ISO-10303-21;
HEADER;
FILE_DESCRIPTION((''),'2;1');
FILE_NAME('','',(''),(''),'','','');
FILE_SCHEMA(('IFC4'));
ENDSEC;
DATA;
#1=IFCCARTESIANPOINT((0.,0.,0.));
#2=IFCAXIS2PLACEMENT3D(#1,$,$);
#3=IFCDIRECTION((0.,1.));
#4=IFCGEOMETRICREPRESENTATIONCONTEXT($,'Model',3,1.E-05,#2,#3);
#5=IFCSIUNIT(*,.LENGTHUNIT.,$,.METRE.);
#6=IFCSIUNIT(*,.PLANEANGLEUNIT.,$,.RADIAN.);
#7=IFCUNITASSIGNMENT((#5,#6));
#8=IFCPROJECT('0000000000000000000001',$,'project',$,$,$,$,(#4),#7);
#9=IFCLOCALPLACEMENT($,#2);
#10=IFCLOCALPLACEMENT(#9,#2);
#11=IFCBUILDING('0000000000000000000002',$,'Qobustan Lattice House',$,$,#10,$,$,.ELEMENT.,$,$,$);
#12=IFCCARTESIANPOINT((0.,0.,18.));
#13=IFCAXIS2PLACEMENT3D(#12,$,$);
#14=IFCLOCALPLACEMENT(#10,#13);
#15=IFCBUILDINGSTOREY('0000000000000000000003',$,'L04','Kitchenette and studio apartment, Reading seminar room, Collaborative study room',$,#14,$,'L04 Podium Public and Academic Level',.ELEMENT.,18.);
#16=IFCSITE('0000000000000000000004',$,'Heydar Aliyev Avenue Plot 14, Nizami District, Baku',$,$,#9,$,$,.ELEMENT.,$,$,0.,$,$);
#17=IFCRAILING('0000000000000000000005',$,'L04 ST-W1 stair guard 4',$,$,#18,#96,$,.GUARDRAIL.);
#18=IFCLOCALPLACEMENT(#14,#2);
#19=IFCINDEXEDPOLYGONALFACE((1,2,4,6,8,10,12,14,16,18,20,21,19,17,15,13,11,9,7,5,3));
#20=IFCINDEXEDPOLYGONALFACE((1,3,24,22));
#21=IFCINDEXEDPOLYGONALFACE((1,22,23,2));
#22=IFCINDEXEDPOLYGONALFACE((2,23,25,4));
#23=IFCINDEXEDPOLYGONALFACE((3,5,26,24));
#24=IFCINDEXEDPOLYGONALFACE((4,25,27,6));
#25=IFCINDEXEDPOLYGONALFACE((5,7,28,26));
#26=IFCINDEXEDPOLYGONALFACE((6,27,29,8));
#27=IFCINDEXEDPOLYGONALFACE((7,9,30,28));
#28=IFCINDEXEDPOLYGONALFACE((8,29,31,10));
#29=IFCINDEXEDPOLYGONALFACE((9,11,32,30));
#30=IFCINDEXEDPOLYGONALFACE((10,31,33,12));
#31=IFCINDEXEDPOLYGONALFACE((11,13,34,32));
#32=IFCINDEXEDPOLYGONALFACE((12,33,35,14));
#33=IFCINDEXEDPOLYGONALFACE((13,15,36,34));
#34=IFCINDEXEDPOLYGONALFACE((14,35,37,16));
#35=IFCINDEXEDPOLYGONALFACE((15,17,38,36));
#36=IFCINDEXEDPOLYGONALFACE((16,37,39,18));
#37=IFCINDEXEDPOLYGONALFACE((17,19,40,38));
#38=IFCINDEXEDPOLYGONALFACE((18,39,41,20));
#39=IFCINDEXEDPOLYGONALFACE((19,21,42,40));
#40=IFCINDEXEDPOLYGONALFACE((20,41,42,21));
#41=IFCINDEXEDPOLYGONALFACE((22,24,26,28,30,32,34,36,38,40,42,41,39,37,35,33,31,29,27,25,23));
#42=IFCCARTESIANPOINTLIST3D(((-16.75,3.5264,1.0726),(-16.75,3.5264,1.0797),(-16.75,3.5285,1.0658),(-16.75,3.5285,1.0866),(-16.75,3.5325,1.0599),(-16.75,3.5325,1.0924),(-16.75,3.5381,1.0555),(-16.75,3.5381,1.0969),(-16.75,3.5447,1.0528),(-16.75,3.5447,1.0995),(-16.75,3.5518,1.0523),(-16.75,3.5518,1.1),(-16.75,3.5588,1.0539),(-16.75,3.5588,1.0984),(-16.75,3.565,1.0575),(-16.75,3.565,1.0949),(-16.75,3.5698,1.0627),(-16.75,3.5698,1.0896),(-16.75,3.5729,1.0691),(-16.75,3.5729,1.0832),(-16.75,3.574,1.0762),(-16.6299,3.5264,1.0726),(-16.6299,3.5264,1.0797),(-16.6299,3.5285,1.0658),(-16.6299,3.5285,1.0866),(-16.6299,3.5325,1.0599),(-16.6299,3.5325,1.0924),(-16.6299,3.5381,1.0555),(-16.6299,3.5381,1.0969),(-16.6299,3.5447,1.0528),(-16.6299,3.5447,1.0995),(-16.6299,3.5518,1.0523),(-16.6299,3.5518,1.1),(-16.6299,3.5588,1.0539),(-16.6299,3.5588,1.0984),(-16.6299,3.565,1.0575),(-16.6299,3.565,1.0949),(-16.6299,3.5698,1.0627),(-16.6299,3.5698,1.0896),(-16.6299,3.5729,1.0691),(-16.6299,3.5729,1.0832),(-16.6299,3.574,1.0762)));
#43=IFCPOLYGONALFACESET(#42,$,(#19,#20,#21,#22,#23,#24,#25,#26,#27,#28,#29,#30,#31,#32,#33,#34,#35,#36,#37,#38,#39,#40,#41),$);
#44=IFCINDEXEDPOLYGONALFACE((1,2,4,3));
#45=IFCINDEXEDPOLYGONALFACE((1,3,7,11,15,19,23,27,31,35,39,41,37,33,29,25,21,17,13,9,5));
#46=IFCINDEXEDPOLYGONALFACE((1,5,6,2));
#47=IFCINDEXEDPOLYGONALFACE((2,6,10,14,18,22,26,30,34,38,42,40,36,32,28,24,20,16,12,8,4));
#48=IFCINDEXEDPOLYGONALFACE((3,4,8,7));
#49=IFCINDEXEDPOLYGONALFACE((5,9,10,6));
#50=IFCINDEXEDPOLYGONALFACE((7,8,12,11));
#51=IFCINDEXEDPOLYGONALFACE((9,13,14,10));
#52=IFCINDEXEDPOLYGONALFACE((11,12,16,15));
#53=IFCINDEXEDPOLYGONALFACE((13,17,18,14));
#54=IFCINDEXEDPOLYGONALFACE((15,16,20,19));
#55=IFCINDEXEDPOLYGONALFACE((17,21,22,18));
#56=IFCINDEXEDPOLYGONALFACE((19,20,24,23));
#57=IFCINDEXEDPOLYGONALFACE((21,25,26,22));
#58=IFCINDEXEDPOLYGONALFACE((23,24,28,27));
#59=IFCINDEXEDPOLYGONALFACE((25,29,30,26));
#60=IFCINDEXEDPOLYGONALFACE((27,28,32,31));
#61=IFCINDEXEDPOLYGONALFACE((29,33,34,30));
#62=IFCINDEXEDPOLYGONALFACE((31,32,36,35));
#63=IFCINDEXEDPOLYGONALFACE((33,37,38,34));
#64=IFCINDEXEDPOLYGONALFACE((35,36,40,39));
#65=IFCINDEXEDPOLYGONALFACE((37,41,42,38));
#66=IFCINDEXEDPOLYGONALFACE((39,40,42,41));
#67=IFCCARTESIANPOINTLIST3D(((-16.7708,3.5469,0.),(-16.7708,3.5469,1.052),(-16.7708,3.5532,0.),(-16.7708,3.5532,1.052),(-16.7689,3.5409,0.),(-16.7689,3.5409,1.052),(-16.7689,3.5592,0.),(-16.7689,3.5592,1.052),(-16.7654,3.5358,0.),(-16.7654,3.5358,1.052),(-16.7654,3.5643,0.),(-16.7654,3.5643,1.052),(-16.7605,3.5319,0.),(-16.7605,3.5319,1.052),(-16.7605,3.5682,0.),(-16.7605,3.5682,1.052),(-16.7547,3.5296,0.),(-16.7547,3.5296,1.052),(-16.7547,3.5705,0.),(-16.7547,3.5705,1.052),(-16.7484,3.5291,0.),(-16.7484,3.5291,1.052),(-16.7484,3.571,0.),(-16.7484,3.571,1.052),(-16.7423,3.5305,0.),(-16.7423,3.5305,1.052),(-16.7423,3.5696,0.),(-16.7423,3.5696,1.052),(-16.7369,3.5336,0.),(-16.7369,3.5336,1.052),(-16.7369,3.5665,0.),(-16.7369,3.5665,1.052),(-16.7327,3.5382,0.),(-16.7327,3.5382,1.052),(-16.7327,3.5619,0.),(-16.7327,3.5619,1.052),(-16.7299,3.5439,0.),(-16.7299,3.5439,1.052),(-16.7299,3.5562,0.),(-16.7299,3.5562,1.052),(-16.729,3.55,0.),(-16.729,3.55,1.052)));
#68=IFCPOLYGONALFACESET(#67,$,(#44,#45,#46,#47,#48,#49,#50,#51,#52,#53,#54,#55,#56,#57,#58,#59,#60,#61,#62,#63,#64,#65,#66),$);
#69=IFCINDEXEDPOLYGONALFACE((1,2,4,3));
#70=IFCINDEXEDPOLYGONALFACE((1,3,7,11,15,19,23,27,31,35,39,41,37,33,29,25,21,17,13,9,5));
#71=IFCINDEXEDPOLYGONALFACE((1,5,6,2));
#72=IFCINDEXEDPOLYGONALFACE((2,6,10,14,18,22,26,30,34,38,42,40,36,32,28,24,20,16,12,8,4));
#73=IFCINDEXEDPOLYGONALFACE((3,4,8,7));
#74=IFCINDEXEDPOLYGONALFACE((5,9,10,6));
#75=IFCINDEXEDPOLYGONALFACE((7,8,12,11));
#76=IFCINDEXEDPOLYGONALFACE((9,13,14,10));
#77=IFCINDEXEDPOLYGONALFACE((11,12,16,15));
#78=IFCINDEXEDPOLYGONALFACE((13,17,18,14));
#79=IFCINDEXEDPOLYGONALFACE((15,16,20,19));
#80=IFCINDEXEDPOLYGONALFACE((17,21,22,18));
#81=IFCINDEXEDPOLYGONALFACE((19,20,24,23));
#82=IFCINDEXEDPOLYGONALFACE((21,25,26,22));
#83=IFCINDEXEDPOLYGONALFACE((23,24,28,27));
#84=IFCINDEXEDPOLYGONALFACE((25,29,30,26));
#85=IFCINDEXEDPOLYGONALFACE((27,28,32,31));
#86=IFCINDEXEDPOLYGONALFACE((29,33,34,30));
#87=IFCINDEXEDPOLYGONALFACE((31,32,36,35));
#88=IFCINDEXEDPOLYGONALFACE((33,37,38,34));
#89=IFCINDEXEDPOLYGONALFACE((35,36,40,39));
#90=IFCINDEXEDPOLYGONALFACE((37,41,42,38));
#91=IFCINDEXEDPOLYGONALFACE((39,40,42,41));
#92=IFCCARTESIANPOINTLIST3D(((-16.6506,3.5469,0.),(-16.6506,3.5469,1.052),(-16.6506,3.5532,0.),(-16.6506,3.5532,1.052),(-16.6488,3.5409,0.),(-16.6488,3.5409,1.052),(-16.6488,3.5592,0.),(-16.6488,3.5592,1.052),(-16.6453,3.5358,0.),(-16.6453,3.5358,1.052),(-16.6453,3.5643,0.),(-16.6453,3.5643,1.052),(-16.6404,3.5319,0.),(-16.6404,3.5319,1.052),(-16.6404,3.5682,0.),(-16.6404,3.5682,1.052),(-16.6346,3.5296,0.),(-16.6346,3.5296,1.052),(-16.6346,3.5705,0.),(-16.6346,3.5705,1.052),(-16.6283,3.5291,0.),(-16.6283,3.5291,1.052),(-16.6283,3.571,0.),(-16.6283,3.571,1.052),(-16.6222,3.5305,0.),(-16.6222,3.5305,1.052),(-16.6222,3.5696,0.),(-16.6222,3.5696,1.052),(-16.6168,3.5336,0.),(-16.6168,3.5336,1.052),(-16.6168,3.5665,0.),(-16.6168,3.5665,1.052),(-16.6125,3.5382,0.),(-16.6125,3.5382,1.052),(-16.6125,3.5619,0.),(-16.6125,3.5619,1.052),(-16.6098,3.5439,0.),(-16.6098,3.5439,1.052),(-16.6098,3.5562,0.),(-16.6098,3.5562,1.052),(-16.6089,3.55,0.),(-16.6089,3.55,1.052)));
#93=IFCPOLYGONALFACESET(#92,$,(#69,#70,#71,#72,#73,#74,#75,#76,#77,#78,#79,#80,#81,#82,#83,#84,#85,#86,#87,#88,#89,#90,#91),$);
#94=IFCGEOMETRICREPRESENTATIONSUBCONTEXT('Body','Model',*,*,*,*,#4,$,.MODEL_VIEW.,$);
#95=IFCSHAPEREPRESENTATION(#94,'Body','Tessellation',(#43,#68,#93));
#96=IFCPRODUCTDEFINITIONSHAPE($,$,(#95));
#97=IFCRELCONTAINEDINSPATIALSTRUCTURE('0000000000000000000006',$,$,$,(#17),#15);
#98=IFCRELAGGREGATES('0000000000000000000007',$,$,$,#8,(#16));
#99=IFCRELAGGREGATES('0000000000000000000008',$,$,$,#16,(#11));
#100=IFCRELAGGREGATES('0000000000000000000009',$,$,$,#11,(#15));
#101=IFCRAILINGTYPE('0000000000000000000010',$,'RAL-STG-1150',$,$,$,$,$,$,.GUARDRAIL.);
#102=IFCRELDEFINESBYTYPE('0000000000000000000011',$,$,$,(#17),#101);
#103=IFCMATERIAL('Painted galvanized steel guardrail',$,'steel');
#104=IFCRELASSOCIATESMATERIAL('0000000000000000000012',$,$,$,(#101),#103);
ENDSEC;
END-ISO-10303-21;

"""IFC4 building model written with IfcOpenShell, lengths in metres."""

from ifc_helpers import new_model, si_unit, direction, frame, origin, origin_2d, place, context, subcontext, project, spatial, circle, extrude, material, type_object, element, save


model = new_model("IFC4")

# Units and contexts
model_context = context("Model", 3, precision=1e-05, world=origin(), true_north=direction((0.0, 1.0)))
body_context = subcontext(model_context, "Body", "Model", "MODEL_VIEW")
ifc_project = project(units=[si_unit("LENGTHUNIT", "METRE"), si_unit("PLANEANGLEUNIT", "RADIAN")], contexts=[model_context])

# Site, building, storey
site_placement = place(None, origin())
site = spatial("IfcSite", under=ifc_project, at=site_placement, Name="Heydar Aliyev Avenue Plot 14, Nizami District, Baku", CompositionType="ELEMENT", RefElevation=0.0)
building_placement = place(site_placement, origin())
building = spatial("IfcBuilding", under=site, at=building_placement, Name="Qobustan Lattice House", CompositionType="ELEMENT")
storey_placement = place(building_placement, frame((0.0, 0.0, 18.0)))
storey = spatial("IfcBuildingStorey", under=building, at=storey_placement, Name="L04", Description="Kitchenette and studio apartment, Reading seminar room, Collaborative study room", LongName="L04 Podium Public and Academic Level", CompositionType="ELEMENT", Elevation=18.0)

# Railing
ifc_material_1 = material(Name="Painted galvanized steel guardrail", Category="steel")
railing_type_1 = type_object("IfcRailingType", Name="RAL-STG-1150", PredefinedType="GUARDRAIL", material=ifc_material_1)
railing_1_placement = place(storey_placement, frame((-16.75, 3.55, 0.0)))
element("IfcRailing", 1, at=railing_1_placement, inside=storey, type_object=railing_type_1, Name="L04 ST-W1 stair guard 4", PredefinedType="GUARDRAIL", context=body_context, shape_type="SweptSolid", body=[
    extrude(circle(Radius=0.0239, at=origin_2d()), frame((0.0, 0.0, 1.0762), z_axis=(1.0, 0.0, 0.0), x_axis=(0.0, 1.0, 0.0)), (0.0, 0.0, 1.0), 0.1201),
    extrude(circle(Radius=0.021, at=origin_2d()), origin(), (0.0, 0.0, 1.0), 1.052),
    extrude(circle(Radius=0.021, at=origin_2d()), frame((0.1201, 0.0, 0.0)), (0.0, 0.0, 1.0), 1.052),
])

save(model, "model.ifc")
